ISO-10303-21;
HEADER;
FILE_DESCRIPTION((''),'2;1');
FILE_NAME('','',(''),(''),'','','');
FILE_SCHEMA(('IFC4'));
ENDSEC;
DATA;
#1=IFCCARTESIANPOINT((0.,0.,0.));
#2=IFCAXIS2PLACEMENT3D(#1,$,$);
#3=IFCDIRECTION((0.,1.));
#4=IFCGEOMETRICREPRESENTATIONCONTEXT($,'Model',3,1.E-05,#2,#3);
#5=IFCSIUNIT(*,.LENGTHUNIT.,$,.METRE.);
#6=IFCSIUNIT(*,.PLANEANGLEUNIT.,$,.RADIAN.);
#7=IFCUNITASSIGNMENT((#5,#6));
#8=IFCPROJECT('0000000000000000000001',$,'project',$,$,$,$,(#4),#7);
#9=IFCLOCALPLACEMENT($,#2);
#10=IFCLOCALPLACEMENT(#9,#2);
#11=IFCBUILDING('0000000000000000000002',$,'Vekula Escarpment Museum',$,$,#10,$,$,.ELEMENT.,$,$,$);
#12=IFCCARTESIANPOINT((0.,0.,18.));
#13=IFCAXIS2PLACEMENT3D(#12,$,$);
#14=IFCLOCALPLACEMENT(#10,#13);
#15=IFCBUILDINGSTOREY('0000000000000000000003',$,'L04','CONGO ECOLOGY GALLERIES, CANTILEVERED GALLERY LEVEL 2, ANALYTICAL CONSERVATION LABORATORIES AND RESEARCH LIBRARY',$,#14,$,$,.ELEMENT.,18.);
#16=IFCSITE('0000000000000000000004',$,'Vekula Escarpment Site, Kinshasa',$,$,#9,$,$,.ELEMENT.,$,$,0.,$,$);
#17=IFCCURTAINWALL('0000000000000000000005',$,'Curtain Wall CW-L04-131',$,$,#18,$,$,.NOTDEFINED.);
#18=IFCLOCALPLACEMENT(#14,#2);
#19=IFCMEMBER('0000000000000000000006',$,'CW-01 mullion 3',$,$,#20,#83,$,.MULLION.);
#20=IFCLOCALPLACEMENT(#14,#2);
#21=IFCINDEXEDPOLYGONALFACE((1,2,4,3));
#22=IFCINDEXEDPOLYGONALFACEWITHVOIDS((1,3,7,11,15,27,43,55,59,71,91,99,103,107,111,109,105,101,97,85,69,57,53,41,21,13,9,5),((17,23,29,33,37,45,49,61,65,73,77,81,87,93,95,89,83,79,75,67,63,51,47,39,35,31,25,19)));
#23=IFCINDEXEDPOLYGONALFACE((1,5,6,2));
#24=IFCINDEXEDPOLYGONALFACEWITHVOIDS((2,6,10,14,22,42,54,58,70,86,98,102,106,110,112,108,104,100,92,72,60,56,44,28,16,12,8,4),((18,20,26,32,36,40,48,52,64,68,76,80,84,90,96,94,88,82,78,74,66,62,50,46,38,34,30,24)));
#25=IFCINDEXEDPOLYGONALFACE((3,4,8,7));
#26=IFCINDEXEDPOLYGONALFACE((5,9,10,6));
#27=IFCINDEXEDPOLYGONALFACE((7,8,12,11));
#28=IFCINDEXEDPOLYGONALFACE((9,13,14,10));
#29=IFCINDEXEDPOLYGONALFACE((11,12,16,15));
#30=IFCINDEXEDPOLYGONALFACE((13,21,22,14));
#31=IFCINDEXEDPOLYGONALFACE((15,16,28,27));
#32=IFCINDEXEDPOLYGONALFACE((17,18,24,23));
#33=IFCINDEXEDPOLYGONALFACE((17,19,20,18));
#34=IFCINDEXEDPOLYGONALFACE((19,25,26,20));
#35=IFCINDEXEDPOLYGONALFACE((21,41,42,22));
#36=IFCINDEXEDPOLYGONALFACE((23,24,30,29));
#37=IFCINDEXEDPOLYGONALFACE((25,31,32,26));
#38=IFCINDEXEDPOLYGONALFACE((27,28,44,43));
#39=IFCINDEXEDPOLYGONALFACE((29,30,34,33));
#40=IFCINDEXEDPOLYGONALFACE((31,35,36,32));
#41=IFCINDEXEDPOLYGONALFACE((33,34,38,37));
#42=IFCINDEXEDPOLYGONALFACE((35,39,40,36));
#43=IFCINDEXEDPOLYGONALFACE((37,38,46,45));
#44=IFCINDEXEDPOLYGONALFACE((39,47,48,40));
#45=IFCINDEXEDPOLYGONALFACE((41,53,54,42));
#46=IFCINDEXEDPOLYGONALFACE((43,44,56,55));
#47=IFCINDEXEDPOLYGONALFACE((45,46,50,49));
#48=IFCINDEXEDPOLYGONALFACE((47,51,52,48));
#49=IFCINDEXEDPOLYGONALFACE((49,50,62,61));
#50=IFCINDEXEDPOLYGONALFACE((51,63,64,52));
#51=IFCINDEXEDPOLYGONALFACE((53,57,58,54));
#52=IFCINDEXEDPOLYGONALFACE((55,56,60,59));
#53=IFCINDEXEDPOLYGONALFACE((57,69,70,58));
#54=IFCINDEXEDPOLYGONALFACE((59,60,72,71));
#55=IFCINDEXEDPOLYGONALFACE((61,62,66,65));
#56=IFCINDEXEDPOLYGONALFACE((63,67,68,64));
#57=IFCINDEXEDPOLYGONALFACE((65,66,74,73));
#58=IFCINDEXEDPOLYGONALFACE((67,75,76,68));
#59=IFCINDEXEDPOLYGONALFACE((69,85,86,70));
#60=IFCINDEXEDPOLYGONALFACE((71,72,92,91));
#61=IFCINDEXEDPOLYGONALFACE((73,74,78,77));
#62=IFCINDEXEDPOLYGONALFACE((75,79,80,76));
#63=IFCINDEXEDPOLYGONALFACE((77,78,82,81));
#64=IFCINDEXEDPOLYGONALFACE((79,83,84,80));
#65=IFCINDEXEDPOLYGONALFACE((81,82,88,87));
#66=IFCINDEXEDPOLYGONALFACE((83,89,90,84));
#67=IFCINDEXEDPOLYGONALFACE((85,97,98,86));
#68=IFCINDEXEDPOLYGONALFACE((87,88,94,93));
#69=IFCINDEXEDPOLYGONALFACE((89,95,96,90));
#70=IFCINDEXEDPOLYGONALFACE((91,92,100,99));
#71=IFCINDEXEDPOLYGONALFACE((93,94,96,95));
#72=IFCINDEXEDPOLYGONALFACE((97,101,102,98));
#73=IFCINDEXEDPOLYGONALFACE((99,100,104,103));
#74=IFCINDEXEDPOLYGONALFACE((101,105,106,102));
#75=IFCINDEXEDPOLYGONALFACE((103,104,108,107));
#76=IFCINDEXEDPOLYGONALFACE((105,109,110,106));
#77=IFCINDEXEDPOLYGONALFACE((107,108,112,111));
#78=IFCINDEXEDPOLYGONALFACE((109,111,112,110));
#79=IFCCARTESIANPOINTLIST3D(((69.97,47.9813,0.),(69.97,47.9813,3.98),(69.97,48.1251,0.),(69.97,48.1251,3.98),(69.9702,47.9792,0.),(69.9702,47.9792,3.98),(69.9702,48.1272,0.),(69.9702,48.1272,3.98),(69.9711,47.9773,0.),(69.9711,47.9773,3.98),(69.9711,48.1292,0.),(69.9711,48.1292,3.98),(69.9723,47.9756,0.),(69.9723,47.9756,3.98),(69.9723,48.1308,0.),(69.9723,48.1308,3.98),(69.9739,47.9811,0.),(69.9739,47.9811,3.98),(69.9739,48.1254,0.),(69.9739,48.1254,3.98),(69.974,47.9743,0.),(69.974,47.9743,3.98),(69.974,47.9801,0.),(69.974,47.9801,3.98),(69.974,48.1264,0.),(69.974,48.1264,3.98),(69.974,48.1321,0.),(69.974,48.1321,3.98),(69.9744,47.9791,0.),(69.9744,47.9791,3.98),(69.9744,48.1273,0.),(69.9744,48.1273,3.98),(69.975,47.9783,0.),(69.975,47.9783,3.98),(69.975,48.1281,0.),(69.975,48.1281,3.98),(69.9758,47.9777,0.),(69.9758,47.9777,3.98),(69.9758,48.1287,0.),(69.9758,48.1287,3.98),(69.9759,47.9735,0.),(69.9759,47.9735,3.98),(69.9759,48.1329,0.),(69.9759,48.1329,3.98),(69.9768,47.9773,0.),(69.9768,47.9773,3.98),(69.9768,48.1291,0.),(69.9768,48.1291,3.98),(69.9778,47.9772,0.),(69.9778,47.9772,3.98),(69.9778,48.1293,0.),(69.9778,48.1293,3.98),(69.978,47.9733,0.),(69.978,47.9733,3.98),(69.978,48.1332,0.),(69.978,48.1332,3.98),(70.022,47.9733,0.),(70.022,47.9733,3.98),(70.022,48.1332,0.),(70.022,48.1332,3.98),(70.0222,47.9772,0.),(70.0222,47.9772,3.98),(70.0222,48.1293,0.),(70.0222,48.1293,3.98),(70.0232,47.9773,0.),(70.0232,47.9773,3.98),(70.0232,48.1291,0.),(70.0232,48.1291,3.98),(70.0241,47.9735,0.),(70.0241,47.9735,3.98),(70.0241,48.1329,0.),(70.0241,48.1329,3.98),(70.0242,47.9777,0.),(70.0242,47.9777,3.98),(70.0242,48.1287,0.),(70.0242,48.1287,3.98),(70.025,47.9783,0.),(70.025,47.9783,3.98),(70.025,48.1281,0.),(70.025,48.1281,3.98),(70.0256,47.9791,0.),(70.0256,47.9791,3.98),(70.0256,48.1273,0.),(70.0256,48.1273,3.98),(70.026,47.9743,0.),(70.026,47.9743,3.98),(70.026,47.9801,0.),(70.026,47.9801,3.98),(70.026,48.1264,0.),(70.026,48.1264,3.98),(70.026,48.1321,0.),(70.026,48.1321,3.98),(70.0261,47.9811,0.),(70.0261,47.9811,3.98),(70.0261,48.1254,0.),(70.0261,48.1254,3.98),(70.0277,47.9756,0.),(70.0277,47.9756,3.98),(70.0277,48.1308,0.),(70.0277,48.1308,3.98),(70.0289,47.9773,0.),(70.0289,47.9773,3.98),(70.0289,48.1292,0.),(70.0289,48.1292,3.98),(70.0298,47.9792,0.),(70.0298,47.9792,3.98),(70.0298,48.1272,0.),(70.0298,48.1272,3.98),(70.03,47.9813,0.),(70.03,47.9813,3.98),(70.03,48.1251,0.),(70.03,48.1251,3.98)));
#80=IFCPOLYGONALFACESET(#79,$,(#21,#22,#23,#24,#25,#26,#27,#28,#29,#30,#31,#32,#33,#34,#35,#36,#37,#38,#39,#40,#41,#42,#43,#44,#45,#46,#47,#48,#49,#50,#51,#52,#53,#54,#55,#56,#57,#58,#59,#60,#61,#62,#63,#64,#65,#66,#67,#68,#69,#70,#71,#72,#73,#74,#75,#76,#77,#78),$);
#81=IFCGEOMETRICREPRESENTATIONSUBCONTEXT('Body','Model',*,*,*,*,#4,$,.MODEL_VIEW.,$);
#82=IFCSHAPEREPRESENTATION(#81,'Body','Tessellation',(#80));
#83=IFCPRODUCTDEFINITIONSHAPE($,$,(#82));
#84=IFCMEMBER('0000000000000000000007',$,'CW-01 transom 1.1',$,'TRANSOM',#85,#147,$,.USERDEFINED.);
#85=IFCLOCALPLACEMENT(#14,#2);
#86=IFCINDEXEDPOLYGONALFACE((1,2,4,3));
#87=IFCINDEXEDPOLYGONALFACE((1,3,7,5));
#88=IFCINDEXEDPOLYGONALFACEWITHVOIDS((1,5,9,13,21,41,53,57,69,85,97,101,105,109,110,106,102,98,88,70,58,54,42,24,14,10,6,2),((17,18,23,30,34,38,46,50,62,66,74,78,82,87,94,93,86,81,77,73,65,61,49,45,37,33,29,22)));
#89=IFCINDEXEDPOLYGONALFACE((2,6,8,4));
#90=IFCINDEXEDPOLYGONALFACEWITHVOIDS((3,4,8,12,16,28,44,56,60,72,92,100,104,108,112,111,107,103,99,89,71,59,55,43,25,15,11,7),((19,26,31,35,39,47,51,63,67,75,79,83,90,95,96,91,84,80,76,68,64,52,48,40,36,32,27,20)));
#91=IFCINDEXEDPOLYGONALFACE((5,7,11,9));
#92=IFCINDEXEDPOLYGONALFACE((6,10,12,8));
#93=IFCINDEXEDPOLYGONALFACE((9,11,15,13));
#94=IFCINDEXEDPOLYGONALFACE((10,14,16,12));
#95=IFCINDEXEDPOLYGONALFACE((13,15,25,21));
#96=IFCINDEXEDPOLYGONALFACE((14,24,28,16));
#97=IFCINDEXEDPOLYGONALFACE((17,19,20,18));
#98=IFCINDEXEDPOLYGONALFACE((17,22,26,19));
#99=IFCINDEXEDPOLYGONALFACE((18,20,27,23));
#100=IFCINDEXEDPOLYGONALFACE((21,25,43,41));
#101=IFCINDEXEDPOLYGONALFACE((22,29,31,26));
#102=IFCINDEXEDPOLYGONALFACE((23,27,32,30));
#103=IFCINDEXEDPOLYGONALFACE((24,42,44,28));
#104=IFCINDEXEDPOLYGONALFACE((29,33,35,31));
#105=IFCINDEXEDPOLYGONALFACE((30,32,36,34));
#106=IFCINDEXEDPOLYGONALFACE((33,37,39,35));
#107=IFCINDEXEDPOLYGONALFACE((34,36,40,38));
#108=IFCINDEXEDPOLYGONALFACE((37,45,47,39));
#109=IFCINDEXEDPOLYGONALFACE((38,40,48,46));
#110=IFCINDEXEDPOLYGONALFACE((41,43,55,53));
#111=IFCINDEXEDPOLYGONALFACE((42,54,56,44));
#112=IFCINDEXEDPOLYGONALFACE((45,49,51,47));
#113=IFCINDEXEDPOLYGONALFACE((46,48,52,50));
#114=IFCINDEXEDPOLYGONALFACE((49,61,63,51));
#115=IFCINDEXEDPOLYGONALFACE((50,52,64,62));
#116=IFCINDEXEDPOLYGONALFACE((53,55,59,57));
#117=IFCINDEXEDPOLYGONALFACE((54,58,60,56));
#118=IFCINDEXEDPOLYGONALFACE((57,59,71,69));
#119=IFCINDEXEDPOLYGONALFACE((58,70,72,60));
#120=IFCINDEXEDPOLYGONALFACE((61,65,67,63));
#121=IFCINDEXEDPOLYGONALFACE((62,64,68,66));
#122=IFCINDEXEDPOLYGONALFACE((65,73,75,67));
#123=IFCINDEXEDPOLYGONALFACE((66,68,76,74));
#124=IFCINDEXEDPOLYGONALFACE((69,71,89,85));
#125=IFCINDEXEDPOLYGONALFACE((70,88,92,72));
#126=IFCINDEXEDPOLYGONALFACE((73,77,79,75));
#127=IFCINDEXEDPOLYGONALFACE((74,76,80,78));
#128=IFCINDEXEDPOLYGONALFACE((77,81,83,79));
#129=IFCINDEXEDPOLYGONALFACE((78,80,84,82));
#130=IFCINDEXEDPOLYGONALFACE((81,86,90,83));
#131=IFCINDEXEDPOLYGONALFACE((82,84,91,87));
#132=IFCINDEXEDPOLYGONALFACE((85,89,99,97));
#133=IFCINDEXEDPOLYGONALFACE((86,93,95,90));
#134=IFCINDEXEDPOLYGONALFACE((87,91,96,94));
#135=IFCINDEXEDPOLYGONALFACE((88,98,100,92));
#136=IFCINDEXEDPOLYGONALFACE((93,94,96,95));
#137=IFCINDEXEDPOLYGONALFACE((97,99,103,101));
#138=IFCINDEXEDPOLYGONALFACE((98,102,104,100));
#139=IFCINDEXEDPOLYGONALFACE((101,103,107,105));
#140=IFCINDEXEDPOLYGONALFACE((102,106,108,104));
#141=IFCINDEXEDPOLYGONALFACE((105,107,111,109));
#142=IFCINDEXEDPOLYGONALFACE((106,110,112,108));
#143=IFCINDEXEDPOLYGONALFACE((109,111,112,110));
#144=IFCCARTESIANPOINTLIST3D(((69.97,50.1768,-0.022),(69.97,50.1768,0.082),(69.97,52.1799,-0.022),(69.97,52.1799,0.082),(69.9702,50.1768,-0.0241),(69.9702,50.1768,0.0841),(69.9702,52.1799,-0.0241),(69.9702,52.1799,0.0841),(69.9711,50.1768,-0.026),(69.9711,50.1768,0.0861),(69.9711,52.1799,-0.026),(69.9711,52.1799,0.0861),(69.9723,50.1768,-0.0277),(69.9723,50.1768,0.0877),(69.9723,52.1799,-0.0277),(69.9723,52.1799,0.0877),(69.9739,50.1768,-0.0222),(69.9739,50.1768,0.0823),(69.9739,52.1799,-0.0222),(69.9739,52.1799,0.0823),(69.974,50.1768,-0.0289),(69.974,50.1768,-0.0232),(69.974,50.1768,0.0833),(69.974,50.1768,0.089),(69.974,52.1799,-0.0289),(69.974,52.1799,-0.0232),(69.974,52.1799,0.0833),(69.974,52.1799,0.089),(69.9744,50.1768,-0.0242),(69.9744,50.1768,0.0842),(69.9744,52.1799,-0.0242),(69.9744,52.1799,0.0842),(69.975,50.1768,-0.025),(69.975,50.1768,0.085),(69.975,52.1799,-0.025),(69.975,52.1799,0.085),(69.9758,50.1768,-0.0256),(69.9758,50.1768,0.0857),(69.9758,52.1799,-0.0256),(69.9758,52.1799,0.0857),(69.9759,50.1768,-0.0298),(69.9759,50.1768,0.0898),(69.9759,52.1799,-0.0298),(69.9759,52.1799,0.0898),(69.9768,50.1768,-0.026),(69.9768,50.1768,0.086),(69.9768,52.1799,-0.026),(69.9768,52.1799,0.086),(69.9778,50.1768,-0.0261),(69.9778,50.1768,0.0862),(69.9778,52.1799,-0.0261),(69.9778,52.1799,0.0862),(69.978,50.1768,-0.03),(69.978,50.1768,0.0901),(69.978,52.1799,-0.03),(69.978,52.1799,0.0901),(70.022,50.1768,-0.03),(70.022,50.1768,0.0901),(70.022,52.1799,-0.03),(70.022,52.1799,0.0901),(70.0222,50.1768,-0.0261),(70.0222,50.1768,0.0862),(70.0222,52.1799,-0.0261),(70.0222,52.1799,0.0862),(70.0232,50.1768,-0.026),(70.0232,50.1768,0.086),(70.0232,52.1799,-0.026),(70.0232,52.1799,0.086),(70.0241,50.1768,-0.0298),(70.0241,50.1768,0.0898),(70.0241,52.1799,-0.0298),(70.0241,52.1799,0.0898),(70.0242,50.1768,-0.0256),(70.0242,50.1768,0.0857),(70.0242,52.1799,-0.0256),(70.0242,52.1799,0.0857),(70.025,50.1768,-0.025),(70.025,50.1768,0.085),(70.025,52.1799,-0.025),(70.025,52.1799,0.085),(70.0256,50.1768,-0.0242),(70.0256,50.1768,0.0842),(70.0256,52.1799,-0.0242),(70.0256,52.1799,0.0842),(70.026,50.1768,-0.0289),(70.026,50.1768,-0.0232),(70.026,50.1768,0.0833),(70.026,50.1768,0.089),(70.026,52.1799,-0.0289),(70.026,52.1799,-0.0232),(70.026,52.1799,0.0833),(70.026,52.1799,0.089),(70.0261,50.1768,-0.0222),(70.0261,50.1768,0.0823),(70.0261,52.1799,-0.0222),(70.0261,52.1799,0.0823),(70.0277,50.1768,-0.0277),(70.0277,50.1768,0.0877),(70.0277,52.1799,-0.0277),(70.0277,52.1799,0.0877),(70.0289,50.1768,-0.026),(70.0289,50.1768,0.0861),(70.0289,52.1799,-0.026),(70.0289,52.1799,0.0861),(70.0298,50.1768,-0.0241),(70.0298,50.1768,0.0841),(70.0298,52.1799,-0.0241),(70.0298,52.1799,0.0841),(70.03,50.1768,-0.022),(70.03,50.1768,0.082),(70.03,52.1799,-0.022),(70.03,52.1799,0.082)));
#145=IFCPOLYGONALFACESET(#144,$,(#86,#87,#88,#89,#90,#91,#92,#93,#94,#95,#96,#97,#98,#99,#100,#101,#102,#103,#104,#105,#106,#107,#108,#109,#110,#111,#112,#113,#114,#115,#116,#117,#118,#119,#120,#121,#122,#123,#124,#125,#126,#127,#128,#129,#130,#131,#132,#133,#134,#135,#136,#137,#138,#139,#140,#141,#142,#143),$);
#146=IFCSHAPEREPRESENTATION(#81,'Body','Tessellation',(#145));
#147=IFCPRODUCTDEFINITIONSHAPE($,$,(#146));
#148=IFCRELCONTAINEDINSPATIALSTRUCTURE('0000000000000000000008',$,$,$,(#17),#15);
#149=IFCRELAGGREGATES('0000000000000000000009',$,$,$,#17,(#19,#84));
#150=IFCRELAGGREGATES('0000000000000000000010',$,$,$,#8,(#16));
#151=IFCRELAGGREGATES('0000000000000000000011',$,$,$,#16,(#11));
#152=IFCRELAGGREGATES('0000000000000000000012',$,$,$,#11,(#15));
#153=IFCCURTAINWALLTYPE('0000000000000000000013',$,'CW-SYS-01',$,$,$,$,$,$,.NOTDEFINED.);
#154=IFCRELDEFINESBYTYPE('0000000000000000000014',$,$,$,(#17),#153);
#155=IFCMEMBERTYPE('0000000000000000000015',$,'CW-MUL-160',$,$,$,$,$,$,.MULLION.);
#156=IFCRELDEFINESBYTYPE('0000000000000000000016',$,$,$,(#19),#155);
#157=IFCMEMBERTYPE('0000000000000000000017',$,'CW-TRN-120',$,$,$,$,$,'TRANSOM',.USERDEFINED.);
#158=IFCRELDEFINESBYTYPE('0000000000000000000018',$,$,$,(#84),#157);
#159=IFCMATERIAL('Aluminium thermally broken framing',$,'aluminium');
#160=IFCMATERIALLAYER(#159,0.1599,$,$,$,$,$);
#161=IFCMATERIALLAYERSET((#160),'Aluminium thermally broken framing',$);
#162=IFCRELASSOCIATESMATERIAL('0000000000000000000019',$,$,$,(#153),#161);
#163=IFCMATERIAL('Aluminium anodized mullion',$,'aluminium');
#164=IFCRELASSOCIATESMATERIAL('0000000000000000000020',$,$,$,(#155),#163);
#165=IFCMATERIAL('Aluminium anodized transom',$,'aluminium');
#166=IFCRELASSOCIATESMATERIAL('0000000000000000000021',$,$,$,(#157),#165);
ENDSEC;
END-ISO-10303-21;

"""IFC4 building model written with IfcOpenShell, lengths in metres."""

from ifc_helpers import new_model, si_unit, direction, frame, origin, origin_2d, place, context, subcontext, project, spatial, hollow_rectangle, extrude, material, layer, layer_set, material_profile, profile_set, type_object, element, aggregate, save


model = new_model("IFC4")

# Units and contexts
model_context = context("Model", 3, precision=1e-05, world=origin(), true_north=direction((0.0, 1.0)))
body_context = subcontext(model_context, "Body", "Model", "MODEL_VIEW")
ifc_project = project(units=[si_unit("LENGTHUNIT", "METRE"), si_unit("PLANEANGLEUNIT", "RADIAN")], contexts=[model_context])

# Site, building, storey
site_placement = place(None, origin())
site = spatial("IfcSite", under=ifc_project, at=site_placement, Name="Vekula Escarpment Site, Kinshasa", CompositionType="ELEMENT", RefElevation=0.0)
building_placement = place(site_placement, origin())
building = spatial("IfcBuilding", under=site, at=building_placement, Name="Vekula Escarpment Museum", CompositionType="ELEMENT")
storey_placement = place(building_placement, frame((0.0, 0.0, 18.0)))
storey = spatial("IfcBuildingStorey", under=building, at=storey_placement, Name="L04", Description="CONGO ECOLOGY GALLERIES, CANTILEVERED GALLERY LEVEL 2, ANALYTICAL CONSERVATION LABORATORIES AND RESEARCH LIBRARY", CompositionType="ELEMENT", Elevation=18.0)

# Curtain wall, members
ifc_material_1 = material(Name="Aluminium thermally broken framing", Category="aluminium")
ifc_layer_1 = layer(ifc_material_1, 0.1599)
ifc_layer_set_1 = layer_set([ifc_layer_1], Name="Aluminium thermally broken framing")
curtain_wall_type = type_object("IfcCurtainWallType", Name="CW-SYS-01", PredefinedType="NOTDEFINED", material=ifc_layer_set_1)
curtain_wall_placement = place(storey_placement, origin())
curtain_wall = element("IfcCurtainWall", 1, at=curtain_wall_placement, inside=storey, type_object=curtain_wall_type, Name="Curtain Wall CW-L04-131", PredefinedType="NOTDEFINED")
ifc_material_2 = material(Name="Aluminium anodized mullion", Category="aluminium")
ifc_material_profile_1 = material_profile(ifc_material_2, hollow_rectangle(XDim=0.0601, YDim=0.1599, WallThickness=0.0039, InnerFilletRadius=0.0039, OuterFilletRadius=0.0081, at=origin_2d()), Name="ALU 160x60x4")
ifc_profile_set_1 = profile_set([ifc_material_profile_1], Name="Aluminium anodized mullion")
member_type_1 = type_object("IfcMemberType", Name="CW-MUL-160", PredefinedType="MULLION", material=ifc_profile_set_1)
member_1_placement = place(storey_placement, frame((70.0, 48.0532, 0.0), z_axis=(0.0, 0.0, 1.0), x_axis=(1.0, 0.0, 0.0)))
member_1 = element("IfcMember", 2, at=member_1_placement, type_object=member_type_1, Name="CW-01 mullion 3", PredefinedType="MULLION", context=body_context, shape_type="SweptSolid", body=[
    extrude(hollow_rectangle(XDim=0.0601, YDim=0.1599, WallThickness=0.0039, InnerFilletRadius=0.0039, OuterFilletRadius=0.0081, at=origin_2d()), origin(), (0.0, 0.0, 1.0), 3.98),
])
ifc_material_3 = material(Name="Aluminium anodized transom", Category="aluminium")
ifc_material_profile_2 = material_profile(ifc_material_3, hollow_rectangle(XDim=0.0601, YDim=0.1201, WallThickness=0.0039, InnerFilletRadius=0.0039, OuterFilletRadius=0.0081, at=origin_2d()), Name="ALU 120x60x4")
ifc_profile_set_2 = profile_set([ifc_material_profile_2], Name="Aluminium anodized transom")
member_type_2 = type_object("IfcMemberType", Name="CW-TRN-120", ElementType="TRANSOM", PredefinedType="USERDEFINED", material=ifc_profile_set_2)
member_2_placement = place(storey_placement, frame((70.0, 52.1799, 0.03), z_axis=(0.0, -1.0, 0.0), x_axis=(1.0, 0.0, 0.0)))
member_2 = element("IfcMember", 3, at=member_2_placement, type_object=member_type_2, Name="CW-01 transom 1.1", ObjectType="TRANSOM", PredefinedType="USERDEFINED", context=body_context, shape_type="SweptSolid", body=[
    extrude(hollow_rectangle(XDim=0.0601, YDim=0.1201, WallThickness=0.0039, InnerFilletRadius=0.0039, OuterFilletRadius=0.0081, at=origin_2d()), origin(), (0.0, 0.0, 1.0), 2.0032),
])

aggregate(curtain_wall, [member_1, member_2])

save(model, "model.ifc")
